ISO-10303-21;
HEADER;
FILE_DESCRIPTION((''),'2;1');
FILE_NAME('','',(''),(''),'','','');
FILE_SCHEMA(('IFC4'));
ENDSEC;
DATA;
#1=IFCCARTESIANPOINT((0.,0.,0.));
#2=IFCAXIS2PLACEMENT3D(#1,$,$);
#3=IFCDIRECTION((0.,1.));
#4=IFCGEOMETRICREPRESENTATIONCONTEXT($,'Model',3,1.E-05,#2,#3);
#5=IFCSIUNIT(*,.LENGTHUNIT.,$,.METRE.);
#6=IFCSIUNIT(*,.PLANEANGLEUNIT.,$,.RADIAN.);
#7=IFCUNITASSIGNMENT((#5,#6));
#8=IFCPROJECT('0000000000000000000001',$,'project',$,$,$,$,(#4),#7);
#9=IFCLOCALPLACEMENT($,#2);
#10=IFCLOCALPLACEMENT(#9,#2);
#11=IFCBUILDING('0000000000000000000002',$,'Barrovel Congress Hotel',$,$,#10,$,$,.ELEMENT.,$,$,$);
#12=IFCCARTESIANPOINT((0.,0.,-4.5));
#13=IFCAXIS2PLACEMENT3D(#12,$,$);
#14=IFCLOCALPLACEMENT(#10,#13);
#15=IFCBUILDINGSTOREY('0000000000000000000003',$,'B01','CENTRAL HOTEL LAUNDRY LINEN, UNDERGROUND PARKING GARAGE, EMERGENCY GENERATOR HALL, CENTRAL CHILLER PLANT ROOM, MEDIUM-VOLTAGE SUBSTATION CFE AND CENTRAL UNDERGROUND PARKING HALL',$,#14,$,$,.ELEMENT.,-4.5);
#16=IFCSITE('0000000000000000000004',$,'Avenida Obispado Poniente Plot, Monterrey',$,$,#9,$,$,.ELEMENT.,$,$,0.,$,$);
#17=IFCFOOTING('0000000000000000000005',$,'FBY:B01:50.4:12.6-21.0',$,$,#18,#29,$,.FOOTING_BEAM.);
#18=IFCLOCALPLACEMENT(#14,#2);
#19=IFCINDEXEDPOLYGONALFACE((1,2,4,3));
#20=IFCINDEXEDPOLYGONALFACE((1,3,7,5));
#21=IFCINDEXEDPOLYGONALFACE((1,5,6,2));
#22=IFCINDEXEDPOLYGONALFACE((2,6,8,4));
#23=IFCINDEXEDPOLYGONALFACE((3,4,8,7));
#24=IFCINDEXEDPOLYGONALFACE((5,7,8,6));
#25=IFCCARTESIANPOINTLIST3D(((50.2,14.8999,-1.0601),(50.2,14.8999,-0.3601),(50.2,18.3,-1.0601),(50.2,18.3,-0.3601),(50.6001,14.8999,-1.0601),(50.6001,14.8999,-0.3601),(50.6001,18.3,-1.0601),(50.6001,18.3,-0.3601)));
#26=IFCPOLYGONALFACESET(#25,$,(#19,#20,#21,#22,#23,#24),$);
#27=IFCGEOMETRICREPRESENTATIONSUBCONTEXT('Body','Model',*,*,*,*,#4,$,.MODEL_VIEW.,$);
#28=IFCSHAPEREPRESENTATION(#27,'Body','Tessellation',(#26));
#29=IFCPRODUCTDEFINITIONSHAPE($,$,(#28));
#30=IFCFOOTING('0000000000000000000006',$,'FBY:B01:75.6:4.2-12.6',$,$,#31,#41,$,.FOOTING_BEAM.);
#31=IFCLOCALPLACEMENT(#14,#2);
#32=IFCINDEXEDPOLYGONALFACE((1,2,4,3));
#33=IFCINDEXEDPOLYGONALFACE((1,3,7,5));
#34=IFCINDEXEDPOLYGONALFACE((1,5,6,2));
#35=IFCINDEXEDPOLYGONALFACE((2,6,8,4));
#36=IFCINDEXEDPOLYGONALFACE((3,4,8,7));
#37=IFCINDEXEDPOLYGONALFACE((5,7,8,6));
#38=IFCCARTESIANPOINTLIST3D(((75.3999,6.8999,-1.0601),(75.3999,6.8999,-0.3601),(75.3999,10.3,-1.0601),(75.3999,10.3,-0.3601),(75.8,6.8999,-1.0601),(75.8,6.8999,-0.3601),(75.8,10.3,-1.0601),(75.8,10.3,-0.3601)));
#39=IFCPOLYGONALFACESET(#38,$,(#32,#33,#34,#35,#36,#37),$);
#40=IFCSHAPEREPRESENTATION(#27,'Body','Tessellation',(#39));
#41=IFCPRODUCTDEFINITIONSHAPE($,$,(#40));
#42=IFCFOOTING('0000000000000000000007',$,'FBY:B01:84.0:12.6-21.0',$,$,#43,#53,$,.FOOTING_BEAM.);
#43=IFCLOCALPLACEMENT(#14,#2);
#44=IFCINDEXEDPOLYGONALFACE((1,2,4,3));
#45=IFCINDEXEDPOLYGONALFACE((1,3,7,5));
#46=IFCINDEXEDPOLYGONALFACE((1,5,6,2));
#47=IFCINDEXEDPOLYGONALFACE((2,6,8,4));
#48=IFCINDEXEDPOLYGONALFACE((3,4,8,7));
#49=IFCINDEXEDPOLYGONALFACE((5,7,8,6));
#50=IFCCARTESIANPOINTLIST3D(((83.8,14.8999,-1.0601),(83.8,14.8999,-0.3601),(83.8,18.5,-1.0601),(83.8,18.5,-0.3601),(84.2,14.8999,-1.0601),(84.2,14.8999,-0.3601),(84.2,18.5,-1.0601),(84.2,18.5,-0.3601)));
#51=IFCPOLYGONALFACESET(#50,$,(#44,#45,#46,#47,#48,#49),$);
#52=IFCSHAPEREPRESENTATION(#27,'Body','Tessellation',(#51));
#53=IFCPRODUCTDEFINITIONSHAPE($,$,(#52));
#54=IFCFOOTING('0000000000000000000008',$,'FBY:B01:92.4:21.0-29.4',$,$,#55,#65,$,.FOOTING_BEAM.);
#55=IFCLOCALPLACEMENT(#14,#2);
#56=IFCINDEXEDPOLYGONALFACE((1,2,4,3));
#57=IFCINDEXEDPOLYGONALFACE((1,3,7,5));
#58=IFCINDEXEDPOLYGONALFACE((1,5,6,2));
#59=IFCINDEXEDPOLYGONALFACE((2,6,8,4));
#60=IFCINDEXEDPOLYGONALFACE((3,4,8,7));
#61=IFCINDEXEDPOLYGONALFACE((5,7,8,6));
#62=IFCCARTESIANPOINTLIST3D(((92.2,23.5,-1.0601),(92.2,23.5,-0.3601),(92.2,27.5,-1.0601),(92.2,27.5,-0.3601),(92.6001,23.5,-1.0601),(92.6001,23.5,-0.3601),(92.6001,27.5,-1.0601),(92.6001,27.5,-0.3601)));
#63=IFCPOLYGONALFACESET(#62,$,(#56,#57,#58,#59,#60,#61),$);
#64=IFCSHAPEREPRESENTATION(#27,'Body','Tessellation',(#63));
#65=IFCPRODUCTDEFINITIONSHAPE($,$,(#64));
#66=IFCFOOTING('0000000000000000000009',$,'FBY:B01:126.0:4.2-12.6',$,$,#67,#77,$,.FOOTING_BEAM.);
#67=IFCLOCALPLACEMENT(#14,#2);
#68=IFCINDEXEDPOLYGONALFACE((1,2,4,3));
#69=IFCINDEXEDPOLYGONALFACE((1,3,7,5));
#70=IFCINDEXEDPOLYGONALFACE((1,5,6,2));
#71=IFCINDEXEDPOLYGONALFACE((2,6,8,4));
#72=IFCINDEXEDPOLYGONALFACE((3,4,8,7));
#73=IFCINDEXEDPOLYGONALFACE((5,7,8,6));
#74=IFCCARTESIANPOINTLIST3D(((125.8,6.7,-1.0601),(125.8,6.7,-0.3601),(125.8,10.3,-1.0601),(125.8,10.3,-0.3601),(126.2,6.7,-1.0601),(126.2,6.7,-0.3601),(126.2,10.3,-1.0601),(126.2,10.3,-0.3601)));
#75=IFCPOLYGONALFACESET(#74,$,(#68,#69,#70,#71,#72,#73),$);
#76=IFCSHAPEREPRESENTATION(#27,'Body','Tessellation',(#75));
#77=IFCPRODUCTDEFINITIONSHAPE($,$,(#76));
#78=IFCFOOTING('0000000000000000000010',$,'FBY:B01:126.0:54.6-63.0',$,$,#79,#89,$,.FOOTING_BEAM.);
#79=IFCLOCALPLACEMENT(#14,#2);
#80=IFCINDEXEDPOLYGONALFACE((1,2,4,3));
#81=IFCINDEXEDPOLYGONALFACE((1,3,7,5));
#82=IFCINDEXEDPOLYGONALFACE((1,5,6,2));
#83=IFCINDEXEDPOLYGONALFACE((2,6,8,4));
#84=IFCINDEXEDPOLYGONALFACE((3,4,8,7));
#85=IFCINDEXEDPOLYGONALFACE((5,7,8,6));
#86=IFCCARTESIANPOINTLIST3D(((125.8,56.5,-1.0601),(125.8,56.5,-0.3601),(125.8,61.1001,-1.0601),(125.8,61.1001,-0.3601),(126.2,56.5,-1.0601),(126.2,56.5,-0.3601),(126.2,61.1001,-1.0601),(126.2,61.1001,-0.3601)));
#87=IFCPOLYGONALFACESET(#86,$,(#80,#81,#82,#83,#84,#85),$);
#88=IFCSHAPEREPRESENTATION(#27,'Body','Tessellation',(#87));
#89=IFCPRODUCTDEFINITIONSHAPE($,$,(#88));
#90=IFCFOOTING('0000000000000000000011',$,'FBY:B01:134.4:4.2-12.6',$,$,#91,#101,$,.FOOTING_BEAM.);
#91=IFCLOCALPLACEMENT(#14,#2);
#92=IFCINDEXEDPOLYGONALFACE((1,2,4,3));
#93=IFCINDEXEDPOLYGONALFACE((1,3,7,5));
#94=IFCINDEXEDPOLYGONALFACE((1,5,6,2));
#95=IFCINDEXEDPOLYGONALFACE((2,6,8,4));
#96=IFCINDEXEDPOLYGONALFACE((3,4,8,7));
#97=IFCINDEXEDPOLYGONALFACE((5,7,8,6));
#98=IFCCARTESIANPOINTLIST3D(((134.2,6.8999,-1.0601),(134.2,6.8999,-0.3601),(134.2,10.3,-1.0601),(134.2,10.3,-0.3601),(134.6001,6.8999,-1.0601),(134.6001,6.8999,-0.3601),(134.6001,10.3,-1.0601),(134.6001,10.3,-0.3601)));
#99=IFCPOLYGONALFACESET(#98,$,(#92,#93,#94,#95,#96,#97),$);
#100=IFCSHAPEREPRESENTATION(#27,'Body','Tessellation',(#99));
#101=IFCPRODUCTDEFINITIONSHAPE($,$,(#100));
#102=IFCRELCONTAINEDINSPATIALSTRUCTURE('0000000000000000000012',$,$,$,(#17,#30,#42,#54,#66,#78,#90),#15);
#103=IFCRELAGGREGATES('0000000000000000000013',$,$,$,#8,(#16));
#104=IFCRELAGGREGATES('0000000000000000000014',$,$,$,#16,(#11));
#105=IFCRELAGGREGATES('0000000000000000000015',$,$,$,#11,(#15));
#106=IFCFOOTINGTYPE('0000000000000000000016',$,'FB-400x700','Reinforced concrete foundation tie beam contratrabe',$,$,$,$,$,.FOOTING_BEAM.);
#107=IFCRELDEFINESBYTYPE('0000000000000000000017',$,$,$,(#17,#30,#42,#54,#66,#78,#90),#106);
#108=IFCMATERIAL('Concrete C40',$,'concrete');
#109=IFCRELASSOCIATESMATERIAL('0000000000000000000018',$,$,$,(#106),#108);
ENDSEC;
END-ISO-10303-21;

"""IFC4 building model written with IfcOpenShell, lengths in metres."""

from ifc_helpers import new_model, si_unit, direction, frame, origin, place, context, subcontext, project, spatial, polyline, outline, extrude, material, type_object, element, save


model = new_model("IFC4")

# Units and contexts
model_context = context("Model", 3, precision=1e-05, world=origin(), true_north=direction((0.0, 1.0)))
body_context = subcontext(model_context, "Body", "Model", "MODEL_VIEW")
ifc_project = project(units=[si_unit("LENGTHUNIT", "METRE"), si_unit("PLANEANGLEUNIT", "RADIAN")], contexts=[model_context])

# Site, building, storey
site_placement = place(None, origin())
site = spatial("IfcSite", under=ifc_project, at=site_placement, Name="Avenida Obispado Poniente Plot, Monterrey", CompositionType="ELEMENT", RefElevation=0.0)
building_placement = place(site_placement, origin())
building = spatial("IfcBuilding", under=site, at=building_placement, Name="Barrovel Congress Hotel", CompositionType="ELEMENT")
storey_placement = place(building_placement, frame((0.0, 0.0, -4.5)))
storey = spatial("IfcBuildingStorey", under=building, at=storey_placement, Name="B01", Description="CENTRAL HOTEL LAUNDRY LINEN, UNDERGROUND PARKING GARAGE, EMERGENCY GENERATOR HALL, CENTRAL CHILLER PLANT ROOM, MEDIUM-VOLTAGE SUBSTATION CFE AND CENTRAL UNDERGROUND PARKING HALL", CompositionType="ELEMENT", Elevation=-4.5)

# Footings
ifc_material = material(Name="Concrete C40", Category="concrete")
footing_type = type_object("IfcFootingType", Name="FB-400x700", Description="Reinforced concrete foundation tie beam contratrabe", PredefinedType="FOOTING_BEAM", material=ifc_material)
footing_1_placement = place(storey_placement, frame((0.0, 0.0, -1.0601)))
element("IfcFooting", 1, at=footing_1_placement, inside=storey, type_object=footing_type, Name="FBY:B01:50.4:12.6-21.0", PredefinedType="FOOTING_BEAM", context=body_context, shape_type="SweptSolid", body=[
    extrude(outline(polyline([(50.2, 14.8999), (50.6001, 14.8999), (50.6001, 18.3), (50.2, 18.3), (50.2, 14.8999)])), origin(), (0.0, 0.0, 1.0), 0.7),
])
footing_2_placement = place(storey_placement, frame((0.0, 0.0, -1.0601)))
element("IfcFooting", 2, at=footing_2_placement, inside=storey, type_object=footing_type, Name="FBY:B01:75.6:4.2-12.6", PredefinedType="FOOTING_BEAM", context=body_context, shape_type="SweptSolid", body=[
    extrude(outline(polyline([(75.3999, 6.8999), (75.8, 6.8999), (75.8, 10.3), (75.3999, 10.3), (75.3999, 6.8999)])), origin(), (0.0, 0.0, 1.0), 0.7),
])
footing_3_placement = place(storey_placement, frame((0.0, 0.0, -1.0601)))
element("IfcFooting", 3, at=footing_3_placement, inside=storey, type_object=footing_type, Name="FBY:B01:84.0:12.6-21.0", PredefinedType="FOOTING_BEAM", context=body_context, shape_type="SweptSolid", body=[
    extrude(outline(polyline([(83.8, 14.8999), (84.2, 14.8999), (84.2, 18.5), (83.8, 18.5), (83.8, 14.8999)])), origin(), (0.0, 0.0, 1.0), 0.7),
])
footing_4_placement = place(storey_placement, frame((0.0, 0.0, -1.0601)))
element("IfcFooting", 4, at=footing_4_placement, inside=storey, type_object=footing_type, Name="FBY:B01:92.4:21.0-29.4", PredefinedType="FOOTING_BEAM", context=body_context, shape_type="SweptSolid", body=[
    extrude(outline(polyline([(92.2, 23.5), (92.6001, 23.5), (92.6001, 27.5), (92.2, 27.5), (92.2, 23.5)])), origin(), (0.0, 0.0, 1.0), 0.7),
])
footing_5_placement = place(storey_placement, frame((0.0, 0.0, -1.0601)))
element("IfcFooting", 5, at=footing_5_placement, inside=storey, type_object=footing_type, Name="FBY:B01:126.0:4.2-12.6", PredefinedType="FOOTING_BEAM", context=body_context, shape_type="SweptSolid", body=[
    extrude(outline(polyline([(125.8, 6.7), (126.2, 6.7), (126.2, 10.3), (125.8, 10.3), (125.8, 6.7)])), origin(), (0.0, 0.0, 1.0), 0.7),
])
footing_6_placement = place(storey_placement, frame((0.0, 0.0, -1.0601)))
element("IfcFooting", 6, at=footing_6_placement, inside=storey, type_object=footing_type, Name="FBY:B01:126.0:54.6-63.0", PredefinedType="FOOTING_BEAM", context=body_context, shape_type="SweptSolid", body=[
    extrude(outline(polyline([(125.8, 56.5), (126.2, 56.5), (126.2, 61.1001), (125.8, 61.1001), (125.8, 56.5)])), origin(), (0.0, 0.0, 1.0), 0.7),
])
footing_7_placement = place(storey_placement, frame((0.0, 0.0, -1.0601)))
element("IfcFooting", 7, at=footing_7_placement, inside=storey, type_object=footing_type, Name="FBY:B01:134.4:4.2-12.6", PredefinedType="FOOTING_BEAM", context=body_context, shape_type="SweptSolid", body=[
    extrude(outline(polyline([(134.2, 6.8999), (134.6001, 6.8999), (134.6001, 10.3), (134.2, 10.3), (134.2, 6.8999)])), origin(), (0.0, 0.0, 1.0), 0.7),
])

save(model, "model.ifc")
